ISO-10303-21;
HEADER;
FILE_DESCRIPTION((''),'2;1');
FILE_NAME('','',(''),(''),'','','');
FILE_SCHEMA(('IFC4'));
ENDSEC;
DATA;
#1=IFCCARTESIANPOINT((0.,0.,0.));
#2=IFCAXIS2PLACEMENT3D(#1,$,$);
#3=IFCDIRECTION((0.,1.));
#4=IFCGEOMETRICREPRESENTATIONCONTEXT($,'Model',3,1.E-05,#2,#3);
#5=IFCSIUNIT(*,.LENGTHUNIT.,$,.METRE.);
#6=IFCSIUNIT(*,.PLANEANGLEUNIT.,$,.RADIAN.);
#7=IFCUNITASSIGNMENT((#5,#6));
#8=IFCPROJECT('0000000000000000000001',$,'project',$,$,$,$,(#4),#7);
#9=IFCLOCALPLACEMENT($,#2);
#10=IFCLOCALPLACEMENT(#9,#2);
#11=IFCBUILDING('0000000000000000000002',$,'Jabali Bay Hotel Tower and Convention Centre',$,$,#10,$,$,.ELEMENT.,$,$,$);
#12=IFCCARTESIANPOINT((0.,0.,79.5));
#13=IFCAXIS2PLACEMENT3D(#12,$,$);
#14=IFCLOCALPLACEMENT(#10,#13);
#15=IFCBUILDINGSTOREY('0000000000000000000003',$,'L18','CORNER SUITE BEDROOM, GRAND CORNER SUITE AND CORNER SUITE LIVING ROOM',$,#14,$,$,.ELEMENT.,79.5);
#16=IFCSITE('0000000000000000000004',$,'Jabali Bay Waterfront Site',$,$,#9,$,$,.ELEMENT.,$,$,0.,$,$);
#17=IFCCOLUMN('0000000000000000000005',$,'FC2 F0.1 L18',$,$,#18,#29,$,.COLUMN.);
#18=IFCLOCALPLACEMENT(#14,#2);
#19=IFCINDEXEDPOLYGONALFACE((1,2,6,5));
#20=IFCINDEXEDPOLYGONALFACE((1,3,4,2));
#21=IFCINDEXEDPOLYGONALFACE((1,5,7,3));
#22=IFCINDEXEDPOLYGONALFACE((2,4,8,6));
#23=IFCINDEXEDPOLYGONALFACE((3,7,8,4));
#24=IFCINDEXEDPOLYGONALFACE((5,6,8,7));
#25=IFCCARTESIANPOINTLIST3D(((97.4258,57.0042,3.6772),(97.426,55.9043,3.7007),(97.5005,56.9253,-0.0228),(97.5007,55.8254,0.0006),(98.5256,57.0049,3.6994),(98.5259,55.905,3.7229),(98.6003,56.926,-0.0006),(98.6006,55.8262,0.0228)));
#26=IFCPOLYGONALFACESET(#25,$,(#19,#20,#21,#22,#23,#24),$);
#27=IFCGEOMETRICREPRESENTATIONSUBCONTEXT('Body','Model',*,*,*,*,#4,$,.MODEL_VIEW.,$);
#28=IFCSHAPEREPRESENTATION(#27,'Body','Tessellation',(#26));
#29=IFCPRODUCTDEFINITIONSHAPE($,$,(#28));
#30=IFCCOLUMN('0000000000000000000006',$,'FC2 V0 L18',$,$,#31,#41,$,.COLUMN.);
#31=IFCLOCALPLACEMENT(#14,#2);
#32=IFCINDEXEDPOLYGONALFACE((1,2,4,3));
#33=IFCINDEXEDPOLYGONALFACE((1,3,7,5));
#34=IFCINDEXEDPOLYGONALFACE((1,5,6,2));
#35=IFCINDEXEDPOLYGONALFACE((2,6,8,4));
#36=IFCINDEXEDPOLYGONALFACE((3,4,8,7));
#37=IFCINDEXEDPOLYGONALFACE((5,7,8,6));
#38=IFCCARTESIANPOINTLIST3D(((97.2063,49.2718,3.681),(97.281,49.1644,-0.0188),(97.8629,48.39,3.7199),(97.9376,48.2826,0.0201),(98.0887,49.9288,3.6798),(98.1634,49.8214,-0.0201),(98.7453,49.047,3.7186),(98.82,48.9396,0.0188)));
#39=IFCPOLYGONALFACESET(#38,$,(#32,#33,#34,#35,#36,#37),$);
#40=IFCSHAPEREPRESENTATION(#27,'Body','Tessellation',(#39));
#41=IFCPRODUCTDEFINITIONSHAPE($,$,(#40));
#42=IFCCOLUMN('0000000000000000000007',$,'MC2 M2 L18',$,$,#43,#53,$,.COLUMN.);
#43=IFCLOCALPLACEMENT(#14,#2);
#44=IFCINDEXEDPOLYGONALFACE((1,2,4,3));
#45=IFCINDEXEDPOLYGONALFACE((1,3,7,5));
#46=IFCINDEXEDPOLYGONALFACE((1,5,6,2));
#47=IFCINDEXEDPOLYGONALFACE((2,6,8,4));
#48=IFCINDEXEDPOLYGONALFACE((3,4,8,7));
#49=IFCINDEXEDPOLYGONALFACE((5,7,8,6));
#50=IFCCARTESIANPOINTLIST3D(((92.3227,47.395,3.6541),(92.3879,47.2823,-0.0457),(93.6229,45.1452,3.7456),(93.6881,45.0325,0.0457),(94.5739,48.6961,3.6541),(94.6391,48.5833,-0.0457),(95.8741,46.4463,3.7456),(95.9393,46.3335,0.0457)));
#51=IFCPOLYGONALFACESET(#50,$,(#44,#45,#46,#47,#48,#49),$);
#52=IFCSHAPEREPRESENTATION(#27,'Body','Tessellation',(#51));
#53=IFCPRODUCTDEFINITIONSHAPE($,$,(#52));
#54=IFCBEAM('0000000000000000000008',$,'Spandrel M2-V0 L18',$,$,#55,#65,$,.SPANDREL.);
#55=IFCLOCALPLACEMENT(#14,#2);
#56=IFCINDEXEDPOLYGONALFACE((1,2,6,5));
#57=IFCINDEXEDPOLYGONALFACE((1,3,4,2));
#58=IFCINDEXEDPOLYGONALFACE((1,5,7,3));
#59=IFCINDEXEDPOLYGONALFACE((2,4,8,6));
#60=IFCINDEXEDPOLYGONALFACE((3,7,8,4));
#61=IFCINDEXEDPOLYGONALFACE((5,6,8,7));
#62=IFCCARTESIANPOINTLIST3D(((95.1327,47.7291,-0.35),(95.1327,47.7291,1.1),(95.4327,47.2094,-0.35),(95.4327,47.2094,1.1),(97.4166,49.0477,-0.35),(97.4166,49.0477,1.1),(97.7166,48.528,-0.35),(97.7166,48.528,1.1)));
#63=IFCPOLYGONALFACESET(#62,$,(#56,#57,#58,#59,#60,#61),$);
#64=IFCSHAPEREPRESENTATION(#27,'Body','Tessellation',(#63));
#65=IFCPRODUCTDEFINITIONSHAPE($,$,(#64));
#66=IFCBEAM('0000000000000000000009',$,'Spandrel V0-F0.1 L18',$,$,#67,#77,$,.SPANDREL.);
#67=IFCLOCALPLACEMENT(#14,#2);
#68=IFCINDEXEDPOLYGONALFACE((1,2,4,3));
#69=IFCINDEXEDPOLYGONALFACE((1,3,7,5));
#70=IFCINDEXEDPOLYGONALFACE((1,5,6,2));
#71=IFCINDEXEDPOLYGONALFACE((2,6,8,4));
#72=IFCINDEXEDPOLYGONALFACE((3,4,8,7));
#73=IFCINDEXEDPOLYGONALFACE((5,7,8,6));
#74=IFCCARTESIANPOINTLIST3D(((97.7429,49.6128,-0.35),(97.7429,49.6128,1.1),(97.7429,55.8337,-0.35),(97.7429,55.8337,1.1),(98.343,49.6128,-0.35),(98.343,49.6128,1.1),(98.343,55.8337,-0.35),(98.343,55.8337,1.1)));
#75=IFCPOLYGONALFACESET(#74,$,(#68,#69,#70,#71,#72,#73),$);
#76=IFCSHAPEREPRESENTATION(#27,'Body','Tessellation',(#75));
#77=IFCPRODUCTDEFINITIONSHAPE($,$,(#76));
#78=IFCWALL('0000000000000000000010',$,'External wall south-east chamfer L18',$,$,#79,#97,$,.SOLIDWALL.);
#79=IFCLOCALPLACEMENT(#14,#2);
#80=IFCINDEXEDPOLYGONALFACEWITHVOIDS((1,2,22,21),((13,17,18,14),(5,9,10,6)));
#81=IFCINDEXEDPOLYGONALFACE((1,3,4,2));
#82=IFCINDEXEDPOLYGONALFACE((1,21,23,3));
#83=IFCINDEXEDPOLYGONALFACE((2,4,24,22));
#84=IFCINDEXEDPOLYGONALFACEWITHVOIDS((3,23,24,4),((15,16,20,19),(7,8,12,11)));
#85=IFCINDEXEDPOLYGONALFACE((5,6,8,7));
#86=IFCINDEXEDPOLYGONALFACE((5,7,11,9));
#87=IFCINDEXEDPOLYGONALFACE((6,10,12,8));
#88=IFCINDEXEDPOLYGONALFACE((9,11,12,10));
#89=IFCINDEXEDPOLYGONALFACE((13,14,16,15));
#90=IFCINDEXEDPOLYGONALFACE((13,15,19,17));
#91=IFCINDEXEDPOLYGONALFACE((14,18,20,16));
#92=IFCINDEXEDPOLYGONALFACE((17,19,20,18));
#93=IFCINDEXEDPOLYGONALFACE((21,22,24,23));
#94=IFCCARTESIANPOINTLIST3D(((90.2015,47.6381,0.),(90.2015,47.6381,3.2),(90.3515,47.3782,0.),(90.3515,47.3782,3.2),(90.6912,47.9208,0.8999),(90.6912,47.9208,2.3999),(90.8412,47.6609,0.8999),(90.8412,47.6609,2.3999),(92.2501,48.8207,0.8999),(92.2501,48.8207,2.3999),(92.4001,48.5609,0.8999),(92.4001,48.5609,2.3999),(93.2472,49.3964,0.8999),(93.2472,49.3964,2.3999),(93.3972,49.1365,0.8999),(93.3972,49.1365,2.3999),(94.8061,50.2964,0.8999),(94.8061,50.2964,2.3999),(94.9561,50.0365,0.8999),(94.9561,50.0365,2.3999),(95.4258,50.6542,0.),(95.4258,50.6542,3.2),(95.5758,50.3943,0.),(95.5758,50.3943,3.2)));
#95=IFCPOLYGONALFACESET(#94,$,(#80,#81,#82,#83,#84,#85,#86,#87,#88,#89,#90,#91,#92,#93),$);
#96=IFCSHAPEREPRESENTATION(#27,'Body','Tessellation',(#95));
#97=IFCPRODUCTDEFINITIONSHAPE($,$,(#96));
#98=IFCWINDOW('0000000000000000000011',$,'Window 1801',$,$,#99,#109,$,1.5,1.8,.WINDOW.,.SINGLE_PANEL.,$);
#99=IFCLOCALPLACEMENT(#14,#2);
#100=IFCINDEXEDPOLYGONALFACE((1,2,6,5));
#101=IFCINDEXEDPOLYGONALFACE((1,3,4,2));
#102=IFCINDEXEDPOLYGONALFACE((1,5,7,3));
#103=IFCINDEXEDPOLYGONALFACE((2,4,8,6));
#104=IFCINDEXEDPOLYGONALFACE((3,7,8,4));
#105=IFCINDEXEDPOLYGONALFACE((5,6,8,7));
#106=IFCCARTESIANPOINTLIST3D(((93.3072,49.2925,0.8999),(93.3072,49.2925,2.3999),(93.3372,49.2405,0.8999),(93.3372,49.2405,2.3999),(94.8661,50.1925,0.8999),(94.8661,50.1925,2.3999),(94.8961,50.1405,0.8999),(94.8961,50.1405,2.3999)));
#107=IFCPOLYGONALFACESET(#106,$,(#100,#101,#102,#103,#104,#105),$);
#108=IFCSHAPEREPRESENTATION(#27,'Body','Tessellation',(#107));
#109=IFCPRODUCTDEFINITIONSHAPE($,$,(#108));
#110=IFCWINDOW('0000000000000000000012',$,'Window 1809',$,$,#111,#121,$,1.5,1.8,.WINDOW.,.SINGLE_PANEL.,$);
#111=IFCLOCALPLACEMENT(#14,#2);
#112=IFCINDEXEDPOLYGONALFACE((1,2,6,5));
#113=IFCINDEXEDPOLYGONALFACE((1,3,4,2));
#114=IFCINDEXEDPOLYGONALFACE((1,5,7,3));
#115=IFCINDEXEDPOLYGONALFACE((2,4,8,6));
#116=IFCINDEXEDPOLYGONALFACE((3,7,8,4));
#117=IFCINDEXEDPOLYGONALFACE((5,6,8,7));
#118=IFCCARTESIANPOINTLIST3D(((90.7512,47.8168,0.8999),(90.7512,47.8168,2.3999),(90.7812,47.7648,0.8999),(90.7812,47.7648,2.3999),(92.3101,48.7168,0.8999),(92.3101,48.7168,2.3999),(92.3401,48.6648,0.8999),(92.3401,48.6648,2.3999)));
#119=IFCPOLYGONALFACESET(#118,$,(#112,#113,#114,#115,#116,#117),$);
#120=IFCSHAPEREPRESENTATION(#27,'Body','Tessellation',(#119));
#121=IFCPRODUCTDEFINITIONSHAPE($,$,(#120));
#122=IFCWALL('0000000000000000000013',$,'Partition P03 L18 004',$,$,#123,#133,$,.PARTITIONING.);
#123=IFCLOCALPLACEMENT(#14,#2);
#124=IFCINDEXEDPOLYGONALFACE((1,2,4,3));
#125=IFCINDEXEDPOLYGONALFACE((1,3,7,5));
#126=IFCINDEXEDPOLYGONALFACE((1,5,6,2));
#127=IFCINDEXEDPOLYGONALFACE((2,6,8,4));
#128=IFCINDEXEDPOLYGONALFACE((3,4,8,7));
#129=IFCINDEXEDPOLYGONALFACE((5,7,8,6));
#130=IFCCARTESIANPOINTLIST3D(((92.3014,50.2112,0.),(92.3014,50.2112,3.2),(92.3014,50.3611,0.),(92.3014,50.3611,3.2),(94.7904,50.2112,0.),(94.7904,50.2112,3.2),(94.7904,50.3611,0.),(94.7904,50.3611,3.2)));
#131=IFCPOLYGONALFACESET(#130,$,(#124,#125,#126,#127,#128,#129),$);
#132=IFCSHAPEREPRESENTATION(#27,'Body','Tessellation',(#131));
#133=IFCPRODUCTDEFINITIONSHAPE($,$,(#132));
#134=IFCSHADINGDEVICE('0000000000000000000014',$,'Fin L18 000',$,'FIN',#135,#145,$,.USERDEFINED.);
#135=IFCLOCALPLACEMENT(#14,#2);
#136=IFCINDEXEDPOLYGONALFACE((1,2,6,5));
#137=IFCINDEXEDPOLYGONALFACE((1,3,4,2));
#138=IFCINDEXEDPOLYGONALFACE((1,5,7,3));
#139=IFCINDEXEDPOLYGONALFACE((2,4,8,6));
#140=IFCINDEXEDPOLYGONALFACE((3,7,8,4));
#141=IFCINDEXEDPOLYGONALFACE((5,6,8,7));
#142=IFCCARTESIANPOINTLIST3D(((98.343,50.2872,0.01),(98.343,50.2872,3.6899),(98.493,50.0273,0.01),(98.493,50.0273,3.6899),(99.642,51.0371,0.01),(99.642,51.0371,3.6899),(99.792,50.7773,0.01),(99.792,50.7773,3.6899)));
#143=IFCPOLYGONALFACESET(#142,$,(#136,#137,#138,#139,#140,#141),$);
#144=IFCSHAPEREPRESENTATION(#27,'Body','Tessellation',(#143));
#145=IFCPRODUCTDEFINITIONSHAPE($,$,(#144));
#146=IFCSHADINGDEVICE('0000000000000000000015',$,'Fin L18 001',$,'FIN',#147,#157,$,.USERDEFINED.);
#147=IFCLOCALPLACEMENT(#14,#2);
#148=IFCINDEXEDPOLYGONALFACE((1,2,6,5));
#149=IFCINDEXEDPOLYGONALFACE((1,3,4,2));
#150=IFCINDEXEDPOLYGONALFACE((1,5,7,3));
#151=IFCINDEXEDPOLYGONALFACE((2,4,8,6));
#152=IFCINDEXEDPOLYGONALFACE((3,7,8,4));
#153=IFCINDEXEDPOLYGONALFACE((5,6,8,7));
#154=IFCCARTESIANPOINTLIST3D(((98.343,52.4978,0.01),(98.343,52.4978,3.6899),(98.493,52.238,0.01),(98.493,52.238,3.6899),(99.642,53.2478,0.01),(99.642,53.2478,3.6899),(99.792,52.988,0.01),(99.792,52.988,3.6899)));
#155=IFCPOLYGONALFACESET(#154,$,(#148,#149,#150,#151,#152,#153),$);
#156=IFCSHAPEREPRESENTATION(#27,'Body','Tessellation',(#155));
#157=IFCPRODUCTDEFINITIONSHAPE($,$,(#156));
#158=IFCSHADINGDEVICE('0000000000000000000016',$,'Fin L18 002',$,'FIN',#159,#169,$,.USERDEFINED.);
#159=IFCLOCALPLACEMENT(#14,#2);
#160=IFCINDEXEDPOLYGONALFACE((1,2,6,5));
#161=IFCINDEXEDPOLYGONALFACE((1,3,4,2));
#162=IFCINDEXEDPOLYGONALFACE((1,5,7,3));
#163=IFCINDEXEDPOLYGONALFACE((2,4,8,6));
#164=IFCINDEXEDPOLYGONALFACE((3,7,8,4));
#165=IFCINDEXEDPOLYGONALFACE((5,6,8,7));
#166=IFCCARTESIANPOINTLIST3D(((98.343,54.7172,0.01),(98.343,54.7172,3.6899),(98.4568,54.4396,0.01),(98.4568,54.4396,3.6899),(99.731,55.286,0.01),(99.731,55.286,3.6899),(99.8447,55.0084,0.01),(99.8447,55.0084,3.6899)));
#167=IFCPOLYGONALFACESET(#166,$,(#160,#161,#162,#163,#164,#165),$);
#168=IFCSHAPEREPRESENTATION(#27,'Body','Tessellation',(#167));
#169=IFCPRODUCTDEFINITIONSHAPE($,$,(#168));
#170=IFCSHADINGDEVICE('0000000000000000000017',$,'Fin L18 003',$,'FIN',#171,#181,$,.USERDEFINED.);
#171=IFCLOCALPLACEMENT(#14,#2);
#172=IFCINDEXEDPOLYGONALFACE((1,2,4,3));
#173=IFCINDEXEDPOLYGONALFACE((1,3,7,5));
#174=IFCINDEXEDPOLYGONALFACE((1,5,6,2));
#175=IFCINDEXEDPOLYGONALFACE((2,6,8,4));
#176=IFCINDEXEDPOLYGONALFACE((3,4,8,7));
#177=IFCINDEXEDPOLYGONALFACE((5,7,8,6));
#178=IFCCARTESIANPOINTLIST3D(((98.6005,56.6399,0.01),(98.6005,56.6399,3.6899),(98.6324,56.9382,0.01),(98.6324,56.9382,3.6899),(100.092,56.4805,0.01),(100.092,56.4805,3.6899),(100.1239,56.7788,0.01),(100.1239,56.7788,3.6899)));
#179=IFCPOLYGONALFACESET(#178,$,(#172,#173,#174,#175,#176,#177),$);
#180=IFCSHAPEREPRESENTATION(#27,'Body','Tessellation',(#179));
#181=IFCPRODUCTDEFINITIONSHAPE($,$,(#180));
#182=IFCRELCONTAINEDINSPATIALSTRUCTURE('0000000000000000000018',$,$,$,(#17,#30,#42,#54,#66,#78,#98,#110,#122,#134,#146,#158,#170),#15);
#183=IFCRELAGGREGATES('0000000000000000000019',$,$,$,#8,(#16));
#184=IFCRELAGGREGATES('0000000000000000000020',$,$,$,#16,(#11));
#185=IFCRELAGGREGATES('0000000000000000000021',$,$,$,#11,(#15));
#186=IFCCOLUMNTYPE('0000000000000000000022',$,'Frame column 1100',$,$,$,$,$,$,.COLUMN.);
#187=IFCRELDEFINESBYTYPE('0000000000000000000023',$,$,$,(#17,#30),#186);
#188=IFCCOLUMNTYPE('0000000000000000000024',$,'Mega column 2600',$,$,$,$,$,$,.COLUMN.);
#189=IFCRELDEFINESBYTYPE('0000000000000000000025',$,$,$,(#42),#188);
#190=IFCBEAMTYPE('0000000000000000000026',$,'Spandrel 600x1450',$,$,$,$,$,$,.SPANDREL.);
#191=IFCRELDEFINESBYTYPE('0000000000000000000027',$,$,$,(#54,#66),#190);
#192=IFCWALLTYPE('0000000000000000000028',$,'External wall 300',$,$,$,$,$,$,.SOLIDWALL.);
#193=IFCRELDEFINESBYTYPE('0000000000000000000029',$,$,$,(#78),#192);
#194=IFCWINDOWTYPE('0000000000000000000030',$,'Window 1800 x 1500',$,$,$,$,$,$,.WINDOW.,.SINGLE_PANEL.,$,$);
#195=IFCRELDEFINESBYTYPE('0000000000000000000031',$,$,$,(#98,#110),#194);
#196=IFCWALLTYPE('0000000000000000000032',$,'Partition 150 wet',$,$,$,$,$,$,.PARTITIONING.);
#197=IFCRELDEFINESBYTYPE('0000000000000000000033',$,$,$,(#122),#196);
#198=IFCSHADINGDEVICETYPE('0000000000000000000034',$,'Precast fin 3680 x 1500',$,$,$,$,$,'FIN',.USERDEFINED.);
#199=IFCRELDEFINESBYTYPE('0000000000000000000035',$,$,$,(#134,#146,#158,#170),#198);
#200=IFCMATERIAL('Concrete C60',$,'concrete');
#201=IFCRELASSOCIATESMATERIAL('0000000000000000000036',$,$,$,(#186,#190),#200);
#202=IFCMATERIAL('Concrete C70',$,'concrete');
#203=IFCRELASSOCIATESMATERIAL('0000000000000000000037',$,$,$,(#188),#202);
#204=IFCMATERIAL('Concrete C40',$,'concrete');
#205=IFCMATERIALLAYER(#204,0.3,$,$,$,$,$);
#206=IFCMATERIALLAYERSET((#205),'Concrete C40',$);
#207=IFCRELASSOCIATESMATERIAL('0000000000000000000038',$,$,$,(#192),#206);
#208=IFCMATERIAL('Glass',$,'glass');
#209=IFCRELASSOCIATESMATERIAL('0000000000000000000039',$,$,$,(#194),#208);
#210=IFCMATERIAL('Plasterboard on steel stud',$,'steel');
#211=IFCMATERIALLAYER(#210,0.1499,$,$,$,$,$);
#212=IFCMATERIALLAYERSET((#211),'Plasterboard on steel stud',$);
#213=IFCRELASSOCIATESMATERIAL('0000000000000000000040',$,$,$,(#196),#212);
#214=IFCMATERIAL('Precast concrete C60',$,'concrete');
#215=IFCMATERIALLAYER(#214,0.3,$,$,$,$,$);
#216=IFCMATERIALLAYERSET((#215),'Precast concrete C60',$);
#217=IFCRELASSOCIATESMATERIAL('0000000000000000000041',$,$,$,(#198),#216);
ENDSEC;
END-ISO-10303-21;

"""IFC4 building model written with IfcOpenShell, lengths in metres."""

from ifc_helpers import new_model, si_unit, direction, frame, frame_2d, origin, origin_2d, place, context, subcontext, project, spatial, rectangle, extrude, material, layer, layer_set, material_profile, profile_set, type_object, element, fill, save


model = new_model("IFC4")

# Units and contexts
model_context = context("Model", 3, precision=1e-05, world=origin(), true_north=direction((0.0, 1.0)))
body_context = subcontext(model_context, "Body", "Model", "MODEL_VIEW")
ifc_project = project(units=[si_unit("LENGTHUNIT", "METRE"), si_unit("PLANEANGLEUNIT", "RADIAN")], contexts=[model_context])

# Site, building, storey
site_placement = place(None, origin())
site = spatial("IfcSite", under=ifc_project, at=site_placement, Name="Jabali Bay Waterfront Site", CompositionType="ELEMENT", RefElevation=0.0)
building_placement = place(site_placement, origin())
building = spatial("IfcBuilding", under=site, at=building_placement, Name="Jabali Bay Hotel Tower and Convention Centre", CompositionType="ELEMENT")
storey_placement = place(building_placement, frame((0.0, 0.0, 79.5)))
storey = spatial("IfcBuildingStorey", under=building, at=storey_placement, Name="L18", Description="CORNER SUITE BEDROOM, GRAND CORNER SUITE AND CORNER SUITE LIVING ROOM", CompositionType="ELEMENT", Elevation=79.5)

# Columns
ifc_material_1 = material(Name="Concrete C60", Category="concrete")
ifc_material_profile_1 = material_profile(ifc_material_1, rectangle(XDim=1.1001, YDim=1.1001, at=origin_2d()), Name="Frame column 1100")
ifc_profile_set_1 = profile_set([ifc_material_profile_1], Name="Concrete C60")
column_type_1 = type_object("IfcColumnType", Name="Frame column 1100", PredefinedType="COLUMN", material=ifc_profile_set_1)
column_1_placement = place(storey_placement, frame((98.0505, 56.3757, 0.0), z_axis=(-0.020183, 0.021304, 0.999569), x_axis=(0.000228, -0.999773, 0.021313)))
element("IfcColumn", 1, at=column_1_placement, inside=storey, type_object=column_type_1, Name="FC2 F0.1 L18", PredefinedType="COLUMN", context=body_context, shape_type="SweptSolid", body=[
    extrude(rectangle(XDim=1.1001, YDim=1.1001, at=origin_2d()), origin(), (0.0, 0.0, 1.0), 3.7017),
])
column_2_placement = place(storey_placement, frame((98.0505, 49.052, 0.0), z_axis=(-0.020179, 0.029015, 0.999375), x_axis=(-0.802094, -0.597196, 0.001143)))
element("IfcColumn", 2, at=column_2_placement, inside=storey, type_object=column_type_1, Name="FC2 V0 L18", PredefinedType="COLUMN", context=body_context, shape_type="SweptSolid", body=[
    extrude(rectangle(XDim=1.1001, YDim=1.1001, at=origin_2d()), origin(), (0.0, 0.0, 1.0), 3.7021),
])
ifc_material_2 = material(Name="Concrete C70", Category="concrete")
ifc_material_profile_2 = material_profile(ifc_material_2, rectangle(XDim=2.6001, YDim=2.6001, at=origin_2d()), Name="Mega column 2600")
ifc_profile_set_2 = profile_set([ifc_material_profile_2], Name="Concrete C70")
column_type_2 = type_object("IfcColumnType", Name="Mega column 2600", PredefinedType="COLUMN", material=ifc_profile_set_2)
column_3_placement = place(storey_placement, frame((94.1636, 46.8079, 0.0), z_axis=(-0.017607, 0.030466, 0.999381), x_axis=(0.500061, -0.865275, 0.035188)))
element("IfcColumn", 3, at=column_3_placement, inside=storey, type_object=column_type_2, Name="MC2 M2 L18", PredefinedType="COLUMN", context=body_context, shape_type="SweptSolid", body=[
    extrude(rectangle(XDim=2.6001, YDim=2.6001, at=origin_2d()), origin(), (0.0, 0.0, 1.0), 3.7021),
])

# Beams
ifc_material_profile_3 = material_profile(ifc_material_1, rectangle(XDim=0.6001, YDim=1.45, at=origin_2d()), Name="Spandrel 600x1450")
ifc_profile_set_3 = profile_set([ifc_material_profile_3], Name="Concrete C60")
beam_type = type_object("IfcBeamType", Name="Spandrel 600x1450", PredefinedType="SPANDREL", material=ifc_profile_set_3)
beam_1_placement = place(storey_placement, frame((95.2827, 47.4692, 0.375), z_axis=(0.86603, 0.499992, 0.0), x_axis=(-0.499992, 0.86603, 0.0)))
element("IfcBeam", 4, at=beam_1_placement, inside=storey, type_object=beam_type, Name="Spandrel M2-V0 L18", PredefinedType="SPANDREL", context=body_context, shape_type="SweptSolid", body=[
    extrude(rectangle(XDim=0.6001, YDim=1.45, at=origin_2d()), origin(), (0.0, 0.0, 1.0), 2.6372),
])
beam_2_placement = place(storey_placement, frame((98.043, 49.6128, 0.375), z_axis=(0.0, 1.0, 0.0), x_axis=(-1.0, 0.0, 0.0)))
element("IfcBeam", 5, at=beam_2_placement, inside=storey, type_object=beam_type, Name="Spandrel V0-F0.1 L18", PredefinedType="SPANDREL", context=body_context, shape_type="SweptSolid", body=[
    extrude(rectangle(XDim=0.6001, YDim=1.45, at=origin_2d()), origin(), (0.0, 0.0, 1.0), 6.2209),
])

# Wall, openings, windows
ifc_material_3 = material(Name="Concrete C40", Category="concrete")
ifc_layer_1 = layer(ifc_material_3, 0.3)
ifc_layer_set_1 = layer_set([ifc_layer_1], Name="Concrete C40")
wall_type_1 = type_object("IfcWallType", Name="External wall 300", PredefinedType="SOLIDWALL", material=ifc_layer_set_1)
wall_1_placement = place(storey_placement, frame((95.5007, 50.5242, 0.0), z_axis=(0.0, 0.0, 1.0), x_axis=(-0.866038, -0.499978, 0.0)))
wall_1 = element("IfcWall", 6, at=wall_1_placement, inside=storey, type_object=wall_type_1, Name="External wall south-east chamfer L18", PredefinedType="SOLIDWALL", context=body_context, shape_type="SweptSolid", body=[
    extrude(rectangle(XDim=6.0325, YDim=0.3, at=frame_2d((3.0161, 0.0))), origin(), (0.0, 0.0, 1.0), 3.2),
])
opening_1_placement = place(wall_1_placement, frame((0.7156, 0.0, 0.8999)))
opening_1 = element("IfcOpeningElement", 7, at=opening_1_placement, cuts=wall_1, PredefinedType="OPENING", context=body_context, shape_type="SweptSolid", body=[
    extrude(rectangle(XDim=1.8, YDim=1.5, at=frame_2d((0.8999, 0.75))), frame((0.0, 0.1606, 0.0), z_axis=(0.0, -1.0, 0.0), x_axis=(1.0, 0.0, 0.0)), (0.0, 0.0, 1.0), 0.321),
])
opening_2_placement = place(wall_1_placement, frame((3.667, 0.0, 0.8999)))
opening_2 = element("IfcOpeningElement", 8, at=opening_2_placement, cuts=wall_1, PredefinedType="OPENING", context=body_context, shape_type="SweptSolid", body=[
    extrude(rectangle(XDim=1.8, YDim=1.5, at=frame_2d((0.8999, 0.75))), frame((0.0, 0.1606, 0.0), z_axis=(0.0, -1.0, 0.0), x_axis=(1.0, 0.0, 0.0)), (0.0, 0.0, 1.0), 0.321),
])
ifc_material_4 = material(Name="Glass", Category="glass")
window_type = type_object("IfcWindowType", Name="Window 1800 x 1500", PartitioningType="SINGLE_PANEL", PredefinedType="WINDOW", material=ifc_material_4)
window_1_placement = place(opening_1_placement, origin())
window_1 = element("IfcWindow", 9, at=window_1_placement, inside=storey, type_object=window_type, Name="Window 1801", OverallHeight=1.5, OverallWidth=1.8, PartitioningType="SINGLE_PANEL", PredefinedType="WINDOW", context=body_context, shape_type="SweptSolid", body=[
    extrude(rectangle(XDim=1.8, YDim=1.5, at=frame_2d((0.8999, 0.75))), frame((0.0, 0.03, 0.0), z_axis=(0.0, -1.0, 0.0), x_axis=(1.0, 0.0, 0.0)), (0.0, 0.0, 1.0), 0.0601),
])
fill(opening_1, window_1)
window_2_placement = place(opening_2_placement, origin())
window_2 = element("IfcWindow", 10, at=window_2_placement, inside=storey, type_object=window_type, Name="Window 1809", OverallHeight=1.5, OverallWidth=1.8, PartitioningType="SINGLE_PANEL", PredefinedType="WINDOW", context=body_context, shape_type="SweptSolid", body=[
    extrude(rectangle(XDim=1.8, YDim=1.5, at=frame_2d((0.8999, 0.75))), frame((0.0, 0.03, 0.0), z_axis=(0.0, -1.0, 0.0), x_axis=(1.0, 0.0, 0.0)), (0.0, 0.0, 1.0), 0.0601),
])
fill(opening_2, window_2)

# Wall
ifc_material_5 = material(Name="Plasterboard on steel stud", Category="steel")
ifc_layer_2 = layer(ifc_material_5, 0.1499)
ifc_layer_set_2 = layer_set([ifc_layer_2], Name="Plasterboard on steel stud")
wall_type_2 = type_object("IfcWallType", Name="Partition 150 wet", PredefinedType="PARTITIONING", material=ifc_layer_set_2)
wall_2_placement = place(storey_placement, frame((94.7905, 50.2861, 0.0), z_axis=(0.0, 0.0, 1.0), x_axis=(-1.0, 0.0, 0.0)))
element("IfcWall", 11, at=wall_2_placement, inside=storey, type_object=wall_type_2, Name="Partition P03 L18 004", PredefinedType="PARTITIONING", context=body_context, shape_type="SweptSolid", body=[
    extrude(rectangle(XDim=2.489, YDim=0.1499, at=frame_2d((1.2446, 0.0))), origin(), (0.0, 0.0, 1.0), 3.2),
])

# Shading devices
ifc_material_6 = material(Name="Precast concrete C60", Category="concrete")
ifc_layer_3 = layer(ifc_material_6, 0.3)
ifc_layer_set_3 = layer_set([ifc_layer_3], Name="Precast concrete C60")
shading_device_type = type_object("IfcShadingDeviceType", Name="Precast fin 3680 x 1500", ElementType="FIN", PredefinedType="USERDEFINED", material=ifc_layer_set_3)
for number, where, z_axis, x_axis, name in (
    (12, (98.418, 50.1572, 0.01), (0.0, 0.0, 1.0), (0.866031, 0.49999, 0.0), "Fin L18 000"),
    (13, (98.418, 52.3679, 0.01), (0.0, 0.0, 1.0), (0.866031, 0.49999, 0.0), "Fin L18 001"),
    (14, (98.3999, 54.5784, 0.01), (0.0, 0.0, 1.0), (0.9253, 0.379235, 0.0), "Fin L18 002"),
    (15, (98.6165, 56.7891, 0.01), (0.0, 0.0, 1.0), (0.994336, -0.106286, 0.0), "Fin L18 003"),
):
    element("IfcShadingDevice", number, at=place(storey_placement, frame(where, z_axis=z_axis, x_axis=x_axis)), inside=storey, type_object=shading_device_type, Name=name, ObjectType="FIN", PredefinedType="USERDEFINED", context=body_context, shape_type="SweptSolid", body=[
        extrude(rectangle(XDim=1.5, YDim=0.3, at=frame_2d((0.75, 0.0))), origin(), (0.0, 0.0, 1.0), 3.6799),
    ])

save(model, "model.ifc")
